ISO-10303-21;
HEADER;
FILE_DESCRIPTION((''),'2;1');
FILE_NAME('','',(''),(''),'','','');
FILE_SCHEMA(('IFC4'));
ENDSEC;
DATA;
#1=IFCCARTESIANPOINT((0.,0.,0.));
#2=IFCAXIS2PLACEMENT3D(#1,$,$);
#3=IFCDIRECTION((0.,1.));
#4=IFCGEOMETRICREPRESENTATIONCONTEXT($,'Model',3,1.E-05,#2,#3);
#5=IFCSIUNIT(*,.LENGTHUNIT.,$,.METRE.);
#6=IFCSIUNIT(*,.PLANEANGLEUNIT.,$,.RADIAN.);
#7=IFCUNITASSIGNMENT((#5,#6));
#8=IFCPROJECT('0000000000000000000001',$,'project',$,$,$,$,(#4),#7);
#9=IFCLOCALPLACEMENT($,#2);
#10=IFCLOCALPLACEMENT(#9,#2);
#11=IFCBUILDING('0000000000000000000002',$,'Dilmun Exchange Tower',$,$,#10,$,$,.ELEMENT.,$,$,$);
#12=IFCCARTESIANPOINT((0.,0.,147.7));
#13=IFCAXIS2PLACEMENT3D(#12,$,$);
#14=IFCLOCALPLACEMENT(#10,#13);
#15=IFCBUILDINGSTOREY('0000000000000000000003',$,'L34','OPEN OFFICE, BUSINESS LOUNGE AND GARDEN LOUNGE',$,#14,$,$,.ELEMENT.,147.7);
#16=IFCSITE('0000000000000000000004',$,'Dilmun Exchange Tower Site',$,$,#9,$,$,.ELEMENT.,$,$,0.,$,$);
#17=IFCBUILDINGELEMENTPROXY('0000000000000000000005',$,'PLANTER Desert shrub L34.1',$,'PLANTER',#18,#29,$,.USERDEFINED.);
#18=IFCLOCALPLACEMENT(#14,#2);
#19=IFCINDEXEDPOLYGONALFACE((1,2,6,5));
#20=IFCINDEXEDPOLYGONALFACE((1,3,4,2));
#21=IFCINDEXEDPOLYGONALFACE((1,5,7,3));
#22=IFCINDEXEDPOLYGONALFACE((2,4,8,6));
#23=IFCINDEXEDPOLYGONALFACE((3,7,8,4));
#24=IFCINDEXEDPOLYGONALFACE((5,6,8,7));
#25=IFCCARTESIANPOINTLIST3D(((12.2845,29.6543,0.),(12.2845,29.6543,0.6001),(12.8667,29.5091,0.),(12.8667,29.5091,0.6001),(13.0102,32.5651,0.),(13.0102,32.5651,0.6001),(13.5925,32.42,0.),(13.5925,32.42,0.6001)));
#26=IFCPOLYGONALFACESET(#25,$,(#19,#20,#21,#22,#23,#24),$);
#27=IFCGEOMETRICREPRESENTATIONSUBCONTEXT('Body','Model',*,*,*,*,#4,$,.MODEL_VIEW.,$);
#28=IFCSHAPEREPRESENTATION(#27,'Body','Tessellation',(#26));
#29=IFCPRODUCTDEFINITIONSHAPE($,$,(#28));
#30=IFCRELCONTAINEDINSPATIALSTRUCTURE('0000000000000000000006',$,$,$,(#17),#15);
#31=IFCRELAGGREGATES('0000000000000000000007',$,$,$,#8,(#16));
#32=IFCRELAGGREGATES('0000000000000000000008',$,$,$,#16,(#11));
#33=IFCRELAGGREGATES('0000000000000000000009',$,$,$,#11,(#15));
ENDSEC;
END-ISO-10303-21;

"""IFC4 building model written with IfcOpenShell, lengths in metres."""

from ifc_helpers import new_model, si_unit, direction, frame, origin, origin_2d, place, context, subcontext, project, spatial, rectangle, extrude, element, save


model = new_model("IFC4")

# Units and contexts
model_context = context("Model", 3, precision=1e-05, world=origin(), true_north=direction((0.0, 1.0)))
body_context = subcontext(model_context, "Body", "Model", "MODEL_VIEW")
ifc_project = project(units=[si_unit("LENGTHUNIT", "METRE"), si_unit("PLANEANGLEUNIT", "RADIAN")], contexts=[model_context])

# Site, building, storey
site_placement = place(None, origin())
site = spatial("IfcSite", under=ifc_project, at=site_placement, Name="Dilmun Exchange Tower Site", CompositionType="ELEMENT", RefElevation=0.0)
building_placement = place(site_placement, origin())
building = spatial("IfcBuilding", under=site, at=building_placement, Name="Dilmun Exchange Tower", CompositionType="ELEMENT")
storey_placement = place(building_placement, frame((0.0, 0.0, 147.7)))
storey = spatial("IfcBuildingStorey", under=building, at=storey_placement, Name="L34", Description="OPEN OFFICE, BUSINESS LOUNGE AND GARDEN LOUNGE", CompositionType="ELEMENT", Elevation=147.7)

# Building element proxy
proxy_placement = place(storey_placement, frame((12.9385, 31.0371, 0.0), z_axis=(0.0, 0.0, 1.0), x_axis=(0.241922, 0.970296, 0.0)))
element("IfcBuildingElementProxy", 1, at=proxy_placement, inside=storey, Name="PLANTER Desert shrub L34.1", ObjectType="PLANTER", PredefinedType="USERDEFINED", context=body_context, shape_type="SweptSolid", body=[
    extrude(rectangle(XDim=3.0, YDim=0.6001, at=origin_2d()), origin(), (0.0, 0.0, 1.0), 0.6001),
])

save(model, "model.ifc")
